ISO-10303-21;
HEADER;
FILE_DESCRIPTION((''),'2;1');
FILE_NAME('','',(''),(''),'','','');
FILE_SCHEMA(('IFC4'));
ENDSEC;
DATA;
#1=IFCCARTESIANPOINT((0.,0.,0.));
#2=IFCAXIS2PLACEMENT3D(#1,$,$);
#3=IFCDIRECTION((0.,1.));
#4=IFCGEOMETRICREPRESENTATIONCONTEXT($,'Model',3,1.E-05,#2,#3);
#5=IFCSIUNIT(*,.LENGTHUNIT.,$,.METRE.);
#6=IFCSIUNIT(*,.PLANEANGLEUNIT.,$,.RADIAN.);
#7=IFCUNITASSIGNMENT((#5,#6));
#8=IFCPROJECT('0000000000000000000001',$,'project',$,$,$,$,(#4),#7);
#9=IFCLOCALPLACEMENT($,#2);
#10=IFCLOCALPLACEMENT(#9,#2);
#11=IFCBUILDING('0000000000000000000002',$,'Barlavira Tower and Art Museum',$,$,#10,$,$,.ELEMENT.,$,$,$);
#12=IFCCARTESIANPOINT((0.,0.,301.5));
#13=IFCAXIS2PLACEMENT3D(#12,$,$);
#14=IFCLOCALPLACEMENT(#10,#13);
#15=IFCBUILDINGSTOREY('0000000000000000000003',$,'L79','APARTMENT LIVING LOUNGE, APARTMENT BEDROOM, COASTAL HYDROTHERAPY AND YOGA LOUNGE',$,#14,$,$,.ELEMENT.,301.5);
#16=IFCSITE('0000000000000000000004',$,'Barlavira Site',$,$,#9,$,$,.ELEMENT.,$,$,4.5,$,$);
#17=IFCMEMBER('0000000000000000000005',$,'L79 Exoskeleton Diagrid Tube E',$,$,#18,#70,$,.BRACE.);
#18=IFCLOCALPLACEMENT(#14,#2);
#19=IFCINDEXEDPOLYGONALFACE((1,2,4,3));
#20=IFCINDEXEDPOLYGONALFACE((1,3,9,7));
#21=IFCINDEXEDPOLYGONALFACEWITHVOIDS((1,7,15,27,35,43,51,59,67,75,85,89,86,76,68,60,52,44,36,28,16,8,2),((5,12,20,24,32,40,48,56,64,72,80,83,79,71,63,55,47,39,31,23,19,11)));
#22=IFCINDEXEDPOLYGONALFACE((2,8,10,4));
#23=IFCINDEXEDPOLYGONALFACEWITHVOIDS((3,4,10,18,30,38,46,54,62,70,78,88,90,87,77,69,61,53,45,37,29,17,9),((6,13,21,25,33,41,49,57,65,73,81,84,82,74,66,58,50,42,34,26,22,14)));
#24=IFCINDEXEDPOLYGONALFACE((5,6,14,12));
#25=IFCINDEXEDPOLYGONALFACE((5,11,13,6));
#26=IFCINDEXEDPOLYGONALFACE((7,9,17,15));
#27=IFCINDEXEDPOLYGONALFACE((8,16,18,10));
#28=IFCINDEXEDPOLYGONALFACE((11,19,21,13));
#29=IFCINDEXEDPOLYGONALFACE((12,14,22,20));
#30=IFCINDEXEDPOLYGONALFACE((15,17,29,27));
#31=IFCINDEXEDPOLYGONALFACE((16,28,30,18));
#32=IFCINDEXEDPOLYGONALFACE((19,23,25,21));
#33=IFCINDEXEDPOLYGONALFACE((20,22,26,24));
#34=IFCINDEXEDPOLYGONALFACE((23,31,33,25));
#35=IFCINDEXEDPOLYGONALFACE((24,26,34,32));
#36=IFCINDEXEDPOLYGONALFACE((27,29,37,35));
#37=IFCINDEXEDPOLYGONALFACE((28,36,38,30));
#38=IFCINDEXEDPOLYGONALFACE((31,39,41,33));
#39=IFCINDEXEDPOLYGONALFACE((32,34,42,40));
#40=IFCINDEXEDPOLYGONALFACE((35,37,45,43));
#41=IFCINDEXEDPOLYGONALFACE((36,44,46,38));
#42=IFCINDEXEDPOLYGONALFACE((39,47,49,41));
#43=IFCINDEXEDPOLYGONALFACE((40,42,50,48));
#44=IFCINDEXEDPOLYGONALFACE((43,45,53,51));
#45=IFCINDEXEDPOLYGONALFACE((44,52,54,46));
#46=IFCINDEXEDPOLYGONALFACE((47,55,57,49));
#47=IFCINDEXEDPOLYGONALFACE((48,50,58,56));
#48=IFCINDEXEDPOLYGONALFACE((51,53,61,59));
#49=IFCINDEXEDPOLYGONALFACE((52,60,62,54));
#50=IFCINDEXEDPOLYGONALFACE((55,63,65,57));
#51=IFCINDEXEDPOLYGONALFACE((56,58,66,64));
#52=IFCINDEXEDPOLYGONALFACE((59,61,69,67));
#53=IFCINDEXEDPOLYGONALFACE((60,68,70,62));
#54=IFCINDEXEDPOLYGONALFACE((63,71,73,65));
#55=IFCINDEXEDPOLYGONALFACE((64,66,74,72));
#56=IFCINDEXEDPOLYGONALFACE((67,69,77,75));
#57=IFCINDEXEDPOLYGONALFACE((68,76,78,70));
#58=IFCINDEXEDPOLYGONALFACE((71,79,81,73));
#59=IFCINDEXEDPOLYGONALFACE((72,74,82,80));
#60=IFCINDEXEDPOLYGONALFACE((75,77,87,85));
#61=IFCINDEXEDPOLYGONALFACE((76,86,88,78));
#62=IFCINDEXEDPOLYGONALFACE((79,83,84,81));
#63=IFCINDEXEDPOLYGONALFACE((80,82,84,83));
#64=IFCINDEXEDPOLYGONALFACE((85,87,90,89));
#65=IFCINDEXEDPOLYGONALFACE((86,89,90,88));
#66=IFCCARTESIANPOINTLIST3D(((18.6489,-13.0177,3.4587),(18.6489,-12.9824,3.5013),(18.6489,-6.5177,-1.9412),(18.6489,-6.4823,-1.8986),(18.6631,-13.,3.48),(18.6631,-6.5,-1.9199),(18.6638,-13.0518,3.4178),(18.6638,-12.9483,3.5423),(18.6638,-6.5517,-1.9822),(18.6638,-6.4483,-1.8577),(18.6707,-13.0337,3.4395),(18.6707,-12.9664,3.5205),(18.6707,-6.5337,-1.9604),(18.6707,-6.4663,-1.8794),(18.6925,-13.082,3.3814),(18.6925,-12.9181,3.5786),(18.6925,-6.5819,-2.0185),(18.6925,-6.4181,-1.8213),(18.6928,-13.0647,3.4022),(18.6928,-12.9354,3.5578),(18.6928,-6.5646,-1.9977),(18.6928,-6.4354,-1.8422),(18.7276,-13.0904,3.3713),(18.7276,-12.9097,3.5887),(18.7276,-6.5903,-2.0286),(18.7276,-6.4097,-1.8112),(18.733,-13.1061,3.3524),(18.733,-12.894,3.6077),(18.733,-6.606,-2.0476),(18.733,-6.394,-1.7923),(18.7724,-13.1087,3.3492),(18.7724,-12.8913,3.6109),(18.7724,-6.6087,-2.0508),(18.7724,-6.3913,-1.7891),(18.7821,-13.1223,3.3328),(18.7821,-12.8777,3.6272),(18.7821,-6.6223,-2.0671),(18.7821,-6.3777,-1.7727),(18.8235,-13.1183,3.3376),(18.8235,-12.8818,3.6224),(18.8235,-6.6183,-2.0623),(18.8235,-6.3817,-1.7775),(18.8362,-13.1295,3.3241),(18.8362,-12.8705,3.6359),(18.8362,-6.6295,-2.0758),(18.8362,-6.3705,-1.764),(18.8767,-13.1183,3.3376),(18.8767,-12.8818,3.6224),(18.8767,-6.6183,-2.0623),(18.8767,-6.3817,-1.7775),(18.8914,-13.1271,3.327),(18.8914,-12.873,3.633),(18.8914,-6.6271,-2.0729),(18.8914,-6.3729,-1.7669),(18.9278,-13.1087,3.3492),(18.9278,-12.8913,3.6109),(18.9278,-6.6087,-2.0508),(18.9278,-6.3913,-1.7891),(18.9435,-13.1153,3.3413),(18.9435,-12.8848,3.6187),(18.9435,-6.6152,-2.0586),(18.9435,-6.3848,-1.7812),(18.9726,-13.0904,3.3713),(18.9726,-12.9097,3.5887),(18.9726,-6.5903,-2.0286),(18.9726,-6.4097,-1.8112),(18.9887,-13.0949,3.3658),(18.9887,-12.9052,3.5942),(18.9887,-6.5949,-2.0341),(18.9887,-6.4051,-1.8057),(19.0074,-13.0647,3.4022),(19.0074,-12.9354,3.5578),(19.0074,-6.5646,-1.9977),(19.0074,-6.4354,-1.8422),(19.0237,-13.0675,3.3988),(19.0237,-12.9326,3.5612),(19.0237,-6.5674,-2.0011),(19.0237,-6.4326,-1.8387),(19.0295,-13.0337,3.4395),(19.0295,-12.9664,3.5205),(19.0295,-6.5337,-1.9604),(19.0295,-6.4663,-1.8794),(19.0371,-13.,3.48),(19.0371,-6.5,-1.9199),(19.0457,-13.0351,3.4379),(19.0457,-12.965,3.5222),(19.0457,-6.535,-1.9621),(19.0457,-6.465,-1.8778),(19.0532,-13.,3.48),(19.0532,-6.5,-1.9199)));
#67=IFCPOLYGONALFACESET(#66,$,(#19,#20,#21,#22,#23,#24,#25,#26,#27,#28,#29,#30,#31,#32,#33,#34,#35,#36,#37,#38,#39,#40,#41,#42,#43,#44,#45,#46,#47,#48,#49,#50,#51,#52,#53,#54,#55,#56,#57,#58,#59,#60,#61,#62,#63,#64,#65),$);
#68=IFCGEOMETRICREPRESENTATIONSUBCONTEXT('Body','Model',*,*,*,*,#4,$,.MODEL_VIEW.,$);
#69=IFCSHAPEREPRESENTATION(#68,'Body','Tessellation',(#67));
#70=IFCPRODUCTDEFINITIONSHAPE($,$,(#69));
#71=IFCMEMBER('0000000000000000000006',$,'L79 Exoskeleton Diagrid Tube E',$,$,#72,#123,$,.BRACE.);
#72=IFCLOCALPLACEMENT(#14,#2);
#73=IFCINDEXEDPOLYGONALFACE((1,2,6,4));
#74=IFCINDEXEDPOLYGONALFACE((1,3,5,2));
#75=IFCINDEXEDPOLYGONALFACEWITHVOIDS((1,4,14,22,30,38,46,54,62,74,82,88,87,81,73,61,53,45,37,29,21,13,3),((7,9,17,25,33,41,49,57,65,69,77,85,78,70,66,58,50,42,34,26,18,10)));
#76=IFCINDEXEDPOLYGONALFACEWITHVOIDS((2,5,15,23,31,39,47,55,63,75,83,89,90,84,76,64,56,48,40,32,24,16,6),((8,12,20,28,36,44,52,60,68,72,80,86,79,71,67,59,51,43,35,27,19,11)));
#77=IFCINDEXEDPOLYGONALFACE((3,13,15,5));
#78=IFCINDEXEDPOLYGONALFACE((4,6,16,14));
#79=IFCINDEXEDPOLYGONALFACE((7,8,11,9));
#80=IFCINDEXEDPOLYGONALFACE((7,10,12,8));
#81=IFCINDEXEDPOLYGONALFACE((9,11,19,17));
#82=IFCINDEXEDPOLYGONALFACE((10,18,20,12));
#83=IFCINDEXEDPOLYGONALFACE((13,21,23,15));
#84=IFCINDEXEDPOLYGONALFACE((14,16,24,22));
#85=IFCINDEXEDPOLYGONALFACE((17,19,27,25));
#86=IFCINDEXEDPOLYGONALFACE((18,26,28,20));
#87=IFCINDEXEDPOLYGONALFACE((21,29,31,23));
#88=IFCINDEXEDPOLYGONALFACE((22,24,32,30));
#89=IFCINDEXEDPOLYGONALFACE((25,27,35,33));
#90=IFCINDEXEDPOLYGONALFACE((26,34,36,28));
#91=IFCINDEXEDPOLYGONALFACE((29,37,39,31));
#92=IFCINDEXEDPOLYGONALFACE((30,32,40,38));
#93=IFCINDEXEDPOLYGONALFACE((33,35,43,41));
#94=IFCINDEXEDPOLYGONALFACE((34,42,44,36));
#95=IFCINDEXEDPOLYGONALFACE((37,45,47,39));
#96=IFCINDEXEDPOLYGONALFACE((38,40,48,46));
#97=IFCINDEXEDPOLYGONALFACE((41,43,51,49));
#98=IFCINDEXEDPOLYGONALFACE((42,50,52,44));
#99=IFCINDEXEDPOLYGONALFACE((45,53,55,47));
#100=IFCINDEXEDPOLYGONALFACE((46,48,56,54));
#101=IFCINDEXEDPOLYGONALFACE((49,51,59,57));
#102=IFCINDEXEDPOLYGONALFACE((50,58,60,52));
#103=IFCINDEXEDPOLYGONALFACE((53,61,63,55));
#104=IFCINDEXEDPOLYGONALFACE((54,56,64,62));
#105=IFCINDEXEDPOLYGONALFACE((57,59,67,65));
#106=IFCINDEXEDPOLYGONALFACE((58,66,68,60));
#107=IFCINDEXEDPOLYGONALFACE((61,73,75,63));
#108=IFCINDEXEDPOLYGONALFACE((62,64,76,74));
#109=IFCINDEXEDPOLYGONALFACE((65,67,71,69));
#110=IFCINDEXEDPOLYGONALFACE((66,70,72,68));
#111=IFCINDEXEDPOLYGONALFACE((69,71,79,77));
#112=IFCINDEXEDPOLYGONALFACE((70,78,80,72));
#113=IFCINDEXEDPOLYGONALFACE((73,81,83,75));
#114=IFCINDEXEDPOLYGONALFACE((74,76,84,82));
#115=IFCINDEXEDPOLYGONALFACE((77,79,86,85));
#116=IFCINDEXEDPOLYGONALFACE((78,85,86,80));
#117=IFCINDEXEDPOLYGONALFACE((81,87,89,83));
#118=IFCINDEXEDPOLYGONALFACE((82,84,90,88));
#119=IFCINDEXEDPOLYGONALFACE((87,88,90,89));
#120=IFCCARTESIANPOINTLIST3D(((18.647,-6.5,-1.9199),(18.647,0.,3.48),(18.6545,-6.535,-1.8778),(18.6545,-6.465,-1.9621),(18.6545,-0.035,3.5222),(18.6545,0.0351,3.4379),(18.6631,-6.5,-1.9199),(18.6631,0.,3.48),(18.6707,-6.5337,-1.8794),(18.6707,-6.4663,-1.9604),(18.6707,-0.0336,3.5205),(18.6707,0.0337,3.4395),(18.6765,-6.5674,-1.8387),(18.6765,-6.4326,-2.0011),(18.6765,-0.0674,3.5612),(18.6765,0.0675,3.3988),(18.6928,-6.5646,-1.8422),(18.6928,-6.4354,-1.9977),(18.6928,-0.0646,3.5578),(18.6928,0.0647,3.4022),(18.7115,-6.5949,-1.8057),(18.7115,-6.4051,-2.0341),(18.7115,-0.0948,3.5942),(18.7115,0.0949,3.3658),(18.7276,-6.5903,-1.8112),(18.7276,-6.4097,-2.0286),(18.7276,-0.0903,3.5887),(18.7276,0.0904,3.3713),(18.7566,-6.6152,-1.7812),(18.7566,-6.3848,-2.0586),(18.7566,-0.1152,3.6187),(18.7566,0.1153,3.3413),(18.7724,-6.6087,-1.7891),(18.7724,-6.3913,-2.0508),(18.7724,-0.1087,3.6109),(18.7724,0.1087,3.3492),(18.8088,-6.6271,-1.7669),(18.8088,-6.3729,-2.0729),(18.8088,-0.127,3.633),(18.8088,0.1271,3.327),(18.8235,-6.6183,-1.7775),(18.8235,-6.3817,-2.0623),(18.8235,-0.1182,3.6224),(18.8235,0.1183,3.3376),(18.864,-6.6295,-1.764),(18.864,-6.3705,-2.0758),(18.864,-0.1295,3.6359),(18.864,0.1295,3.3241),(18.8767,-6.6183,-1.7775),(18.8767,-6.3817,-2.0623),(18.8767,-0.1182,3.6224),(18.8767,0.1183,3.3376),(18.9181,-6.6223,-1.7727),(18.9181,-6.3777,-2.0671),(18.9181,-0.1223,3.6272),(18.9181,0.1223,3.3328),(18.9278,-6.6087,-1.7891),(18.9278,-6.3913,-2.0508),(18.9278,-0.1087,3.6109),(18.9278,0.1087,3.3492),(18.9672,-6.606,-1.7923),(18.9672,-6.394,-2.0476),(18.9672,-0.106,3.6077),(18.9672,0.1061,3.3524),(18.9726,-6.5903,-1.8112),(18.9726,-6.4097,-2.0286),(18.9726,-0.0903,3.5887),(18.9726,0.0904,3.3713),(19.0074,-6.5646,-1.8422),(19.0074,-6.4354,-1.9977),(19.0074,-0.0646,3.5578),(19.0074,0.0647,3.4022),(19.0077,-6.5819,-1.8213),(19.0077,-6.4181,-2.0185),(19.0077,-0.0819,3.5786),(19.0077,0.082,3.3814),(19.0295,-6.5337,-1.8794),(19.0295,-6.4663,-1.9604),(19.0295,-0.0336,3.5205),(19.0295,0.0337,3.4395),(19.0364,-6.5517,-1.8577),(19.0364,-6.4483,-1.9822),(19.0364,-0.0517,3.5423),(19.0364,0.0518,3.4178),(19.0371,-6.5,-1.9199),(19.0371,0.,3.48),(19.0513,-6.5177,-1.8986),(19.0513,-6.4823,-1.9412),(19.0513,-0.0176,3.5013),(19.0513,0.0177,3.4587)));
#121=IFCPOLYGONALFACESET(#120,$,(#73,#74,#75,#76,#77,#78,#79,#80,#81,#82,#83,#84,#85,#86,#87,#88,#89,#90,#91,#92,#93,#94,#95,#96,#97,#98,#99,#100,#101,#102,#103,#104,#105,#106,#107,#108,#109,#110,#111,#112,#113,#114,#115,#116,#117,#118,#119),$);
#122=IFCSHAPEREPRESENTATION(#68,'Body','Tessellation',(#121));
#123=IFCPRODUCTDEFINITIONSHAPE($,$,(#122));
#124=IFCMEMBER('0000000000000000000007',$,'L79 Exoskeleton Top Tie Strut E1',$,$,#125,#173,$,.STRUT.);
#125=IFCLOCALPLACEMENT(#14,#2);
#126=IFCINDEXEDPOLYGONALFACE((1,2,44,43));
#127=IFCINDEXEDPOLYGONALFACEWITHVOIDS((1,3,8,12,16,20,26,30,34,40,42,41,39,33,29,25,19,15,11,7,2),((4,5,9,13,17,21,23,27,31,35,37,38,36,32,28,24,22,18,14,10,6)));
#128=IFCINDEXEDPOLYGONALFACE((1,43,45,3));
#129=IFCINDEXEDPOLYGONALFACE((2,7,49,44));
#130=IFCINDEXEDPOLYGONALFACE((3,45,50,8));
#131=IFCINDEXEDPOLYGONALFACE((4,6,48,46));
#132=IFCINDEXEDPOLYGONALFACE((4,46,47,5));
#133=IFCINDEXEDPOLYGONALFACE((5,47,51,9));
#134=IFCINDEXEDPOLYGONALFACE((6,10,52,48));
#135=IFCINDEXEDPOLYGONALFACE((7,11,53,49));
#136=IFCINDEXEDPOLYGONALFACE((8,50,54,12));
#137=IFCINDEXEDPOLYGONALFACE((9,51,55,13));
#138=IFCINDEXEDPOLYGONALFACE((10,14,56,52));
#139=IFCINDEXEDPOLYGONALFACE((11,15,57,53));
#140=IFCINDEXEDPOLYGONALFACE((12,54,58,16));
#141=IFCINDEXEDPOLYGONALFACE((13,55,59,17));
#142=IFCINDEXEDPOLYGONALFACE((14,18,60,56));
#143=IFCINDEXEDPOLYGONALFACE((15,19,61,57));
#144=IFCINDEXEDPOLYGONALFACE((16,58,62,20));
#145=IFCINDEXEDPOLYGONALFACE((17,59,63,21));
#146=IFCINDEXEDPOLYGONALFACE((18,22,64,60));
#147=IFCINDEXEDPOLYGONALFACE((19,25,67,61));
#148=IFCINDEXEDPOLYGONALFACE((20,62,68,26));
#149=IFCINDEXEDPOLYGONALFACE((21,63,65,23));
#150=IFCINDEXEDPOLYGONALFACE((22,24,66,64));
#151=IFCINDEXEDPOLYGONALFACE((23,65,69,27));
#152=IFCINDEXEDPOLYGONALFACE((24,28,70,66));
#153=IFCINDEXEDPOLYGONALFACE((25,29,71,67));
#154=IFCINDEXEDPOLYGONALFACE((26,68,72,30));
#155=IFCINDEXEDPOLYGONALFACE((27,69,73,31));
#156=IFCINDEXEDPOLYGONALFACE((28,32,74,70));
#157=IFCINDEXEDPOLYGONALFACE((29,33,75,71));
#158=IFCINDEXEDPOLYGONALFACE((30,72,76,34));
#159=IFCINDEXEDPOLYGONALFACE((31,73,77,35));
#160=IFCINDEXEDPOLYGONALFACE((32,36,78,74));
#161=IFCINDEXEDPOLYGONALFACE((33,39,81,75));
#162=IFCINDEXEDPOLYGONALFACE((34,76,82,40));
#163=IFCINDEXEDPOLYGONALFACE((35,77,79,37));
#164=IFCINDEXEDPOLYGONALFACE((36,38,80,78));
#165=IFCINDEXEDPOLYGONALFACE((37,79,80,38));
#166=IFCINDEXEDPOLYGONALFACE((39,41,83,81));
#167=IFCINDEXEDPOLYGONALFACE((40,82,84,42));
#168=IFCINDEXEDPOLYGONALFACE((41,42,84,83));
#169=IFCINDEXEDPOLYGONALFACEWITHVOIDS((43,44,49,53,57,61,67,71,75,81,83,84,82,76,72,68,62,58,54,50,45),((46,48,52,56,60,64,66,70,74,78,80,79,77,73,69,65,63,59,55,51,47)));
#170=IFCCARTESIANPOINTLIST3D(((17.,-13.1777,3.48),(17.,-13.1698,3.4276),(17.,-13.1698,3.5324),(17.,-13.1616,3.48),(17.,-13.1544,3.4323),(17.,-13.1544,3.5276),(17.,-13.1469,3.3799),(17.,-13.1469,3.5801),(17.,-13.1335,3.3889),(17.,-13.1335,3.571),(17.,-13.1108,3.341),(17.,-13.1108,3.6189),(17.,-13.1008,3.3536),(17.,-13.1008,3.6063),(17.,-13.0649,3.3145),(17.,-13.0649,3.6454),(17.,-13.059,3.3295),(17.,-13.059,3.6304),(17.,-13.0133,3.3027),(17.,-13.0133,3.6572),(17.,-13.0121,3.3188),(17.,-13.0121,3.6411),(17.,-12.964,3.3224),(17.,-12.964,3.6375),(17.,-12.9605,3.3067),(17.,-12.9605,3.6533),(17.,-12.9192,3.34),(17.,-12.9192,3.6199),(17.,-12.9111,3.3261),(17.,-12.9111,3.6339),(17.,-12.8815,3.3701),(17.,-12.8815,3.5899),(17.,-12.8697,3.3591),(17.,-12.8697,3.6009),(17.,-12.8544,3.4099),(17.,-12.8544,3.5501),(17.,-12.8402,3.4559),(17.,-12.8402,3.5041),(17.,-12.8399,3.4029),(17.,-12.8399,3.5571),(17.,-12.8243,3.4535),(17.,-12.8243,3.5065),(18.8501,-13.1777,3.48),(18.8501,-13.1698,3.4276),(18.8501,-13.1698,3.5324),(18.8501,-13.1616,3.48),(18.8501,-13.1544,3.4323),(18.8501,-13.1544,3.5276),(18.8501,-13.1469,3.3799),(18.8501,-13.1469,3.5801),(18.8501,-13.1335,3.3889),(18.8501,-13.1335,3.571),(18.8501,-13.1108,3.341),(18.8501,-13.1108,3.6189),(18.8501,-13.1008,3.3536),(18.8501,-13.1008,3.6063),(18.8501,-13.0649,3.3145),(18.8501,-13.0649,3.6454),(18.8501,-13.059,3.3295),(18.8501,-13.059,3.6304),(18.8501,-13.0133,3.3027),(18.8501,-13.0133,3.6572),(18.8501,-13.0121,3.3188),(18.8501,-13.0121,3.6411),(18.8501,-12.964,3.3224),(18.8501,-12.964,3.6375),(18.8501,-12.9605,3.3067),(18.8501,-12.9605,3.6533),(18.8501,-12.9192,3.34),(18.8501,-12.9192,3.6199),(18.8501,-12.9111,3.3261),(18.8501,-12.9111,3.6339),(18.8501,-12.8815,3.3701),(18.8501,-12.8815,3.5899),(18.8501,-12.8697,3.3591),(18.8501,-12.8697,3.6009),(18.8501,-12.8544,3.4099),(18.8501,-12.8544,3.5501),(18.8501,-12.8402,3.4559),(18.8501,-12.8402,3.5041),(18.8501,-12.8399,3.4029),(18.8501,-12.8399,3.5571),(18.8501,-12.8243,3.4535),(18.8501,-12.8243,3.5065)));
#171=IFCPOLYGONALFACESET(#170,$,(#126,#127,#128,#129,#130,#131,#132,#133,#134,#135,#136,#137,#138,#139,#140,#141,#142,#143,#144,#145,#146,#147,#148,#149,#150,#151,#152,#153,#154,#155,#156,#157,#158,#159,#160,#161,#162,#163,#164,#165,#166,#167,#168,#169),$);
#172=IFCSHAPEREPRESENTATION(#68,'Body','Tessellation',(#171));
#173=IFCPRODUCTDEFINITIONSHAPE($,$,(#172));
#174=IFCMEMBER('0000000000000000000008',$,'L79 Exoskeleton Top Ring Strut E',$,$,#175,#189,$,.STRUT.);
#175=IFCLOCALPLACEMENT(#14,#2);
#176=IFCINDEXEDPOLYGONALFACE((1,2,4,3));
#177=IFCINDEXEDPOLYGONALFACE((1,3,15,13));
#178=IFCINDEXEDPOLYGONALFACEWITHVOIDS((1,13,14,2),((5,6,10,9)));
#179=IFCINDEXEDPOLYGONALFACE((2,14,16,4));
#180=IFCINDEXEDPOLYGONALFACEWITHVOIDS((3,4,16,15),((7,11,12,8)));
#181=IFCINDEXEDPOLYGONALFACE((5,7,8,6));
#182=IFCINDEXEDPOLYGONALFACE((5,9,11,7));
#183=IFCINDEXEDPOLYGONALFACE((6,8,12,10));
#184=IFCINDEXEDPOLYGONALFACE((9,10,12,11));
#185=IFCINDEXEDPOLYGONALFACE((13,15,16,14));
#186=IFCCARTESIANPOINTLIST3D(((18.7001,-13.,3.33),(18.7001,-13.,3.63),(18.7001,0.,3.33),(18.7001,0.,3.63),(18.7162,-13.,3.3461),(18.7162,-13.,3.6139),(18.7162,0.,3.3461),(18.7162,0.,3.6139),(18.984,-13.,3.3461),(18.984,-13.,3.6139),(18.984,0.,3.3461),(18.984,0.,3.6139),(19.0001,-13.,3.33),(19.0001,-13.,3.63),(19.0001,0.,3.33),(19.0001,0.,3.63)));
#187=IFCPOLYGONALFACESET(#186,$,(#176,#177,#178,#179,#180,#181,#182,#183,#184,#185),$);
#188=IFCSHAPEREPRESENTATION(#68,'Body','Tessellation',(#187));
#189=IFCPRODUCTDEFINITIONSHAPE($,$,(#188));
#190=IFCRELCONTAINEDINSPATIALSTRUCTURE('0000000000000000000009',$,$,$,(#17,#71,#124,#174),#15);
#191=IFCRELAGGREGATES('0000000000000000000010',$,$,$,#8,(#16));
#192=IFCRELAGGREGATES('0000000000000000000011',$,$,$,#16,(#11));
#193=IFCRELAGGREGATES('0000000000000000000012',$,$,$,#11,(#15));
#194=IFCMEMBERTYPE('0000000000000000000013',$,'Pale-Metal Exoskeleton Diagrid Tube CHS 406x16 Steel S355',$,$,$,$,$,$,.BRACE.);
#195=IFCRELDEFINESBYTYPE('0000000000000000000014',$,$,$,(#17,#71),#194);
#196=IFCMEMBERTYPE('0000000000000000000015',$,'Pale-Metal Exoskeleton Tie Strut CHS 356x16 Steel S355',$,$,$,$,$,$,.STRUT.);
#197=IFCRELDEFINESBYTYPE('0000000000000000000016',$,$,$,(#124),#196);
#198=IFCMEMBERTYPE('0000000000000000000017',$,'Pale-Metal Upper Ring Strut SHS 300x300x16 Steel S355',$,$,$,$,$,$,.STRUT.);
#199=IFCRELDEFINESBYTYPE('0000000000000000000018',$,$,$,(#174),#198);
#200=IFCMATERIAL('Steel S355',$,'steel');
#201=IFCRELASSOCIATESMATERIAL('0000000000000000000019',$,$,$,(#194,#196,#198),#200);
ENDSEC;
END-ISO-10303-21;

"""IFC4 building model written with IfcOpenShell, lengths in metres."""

from ifc_helpers import new_model, si_unit, direction, frame, origin, origin_2d, place, context, subcontext, project, spatial, hollow_rectangle, hollow_circle, extrude, material, material_profile, profile_set, type_object, element, save


model = new_model("IFC4")

# Units and contexts
model_context = context("Model", 3, precision=1e-05, world=origin(), true_north=direction((0.0, 1.0)))
body_context = subcontext(model_context, "Body", "Model", "MODEL_VIEW")
ifc_project = project(units=[si_unit("LENGTHUNIT", "METRE"), si_unit("PLANEANGLEUNIT", "RADIAN")], contexts=[model_context])

# Site, building, storey
site_placement = place(None, origin())
site = spatial("IfcSite", under=ifc_project, at=site_placement, Name="Barlavira Site", CompositionType="ELEMENT", RefElevation=4.5)
building_placement = place(site_placement, origin())
building = spatial("IfcBuilding", under=site, at=building_placement, Name="Barlavira Tower and Art Museum", CompositionType="ELEMENT")
storey_placement = place(building_placement, frame((0.0, 0.0, 301.5)))
storey = spatial("IfcBuildingStorey", under=building, at=storey_placement, Name="L79", Description="APARTMENT LIVING LOUNGE, APARTMENT BEDROOM, COASTAL HYDROTHERAPY AND YOGA LOUNGE", CompositionType="ELEMENT", Elevation=301.5)

# Members
ifc_material_1 = material(Name="Steel S355", Category="steel")
ifc_material_profile_1 = material_profile(ifc_material_1, hollow_circle(Radius=0.2031, WallThickness=0.0161, at=origin_2d()), Name="CHS 406.4x16.0")
ifc_profile_set_1 = profile_set([ifc_material_profile_1], Name="Steel S355")
member_type_1 = type_object("IfcMemberType", Name="Pale-Metal Exoskeleton Diagrid Tube CHS 406x16 Steel S355", PredefinedType="BRACE", material=ifc_profile_set_1)
for number, where, z_axis, x_axis, name in (
    (1, (18.8501, -6.5, -1.9199), (0.0, -0.769196, 0.639013), (1.0, 0.0, 0.0), "L79 Exoskeleton Diagrid Tube E"),
    (2, (18.8501, -6.5, -1.9199), (0.0, 0.769196, 0.639013), (-1.0, 0.0, 0.0), "L79 Exoskeleton Diagrid Tube E"),
):
    element("IfcMember", number, at=place(storey_placement, frame(where, z_axis=z_axis, x_axis=x_axis)), inside=storey, type_object=member_type_1, Name=name, PredefinedType="BRACE", context=body_context, shape_type="SweptSolid", body=[
        extrude(hollow_circle(Radius=0.2031, WallThickness=0.0161, at=origin_2d()), origin(), (0.0, 0.0, 1.0), 8.4504),
    ])
ifc_material_profile_2 = material_profile(ifc_material_1, hollow_circle(Radius=0.1777, WallThickness=0.0161, at=origin_2d()), Name="CHS 355.6x16.0")
ifc_profile_set_2 = profile_set([ifc_material_profile_2], Name="Steel S355")
member_type_2 = type_object("IfcMemberType", Name="Pale-Metal Exoskeleton Tie Strut CHS 356x16 Steel S355", PredefinedType="STRUT", material=ifc_profile_set_2)
member_1_placement = place(storey_placement, frame((18.8501, -13.0, 3.48), z_axis=(-1.0, 0.0, 0.0), x_axis=(0.0, -1.0, 0.0)))
element("IfcMember", 3, at=member_1_placement, inside=storey, type_object=member_type_2, Name="L79 Exoskeleton Top Tie Strut E1", PredefinedType="STRUT", context=body_context, shape_type="SweptSolid", body=[
    extrude(hollow_circle(Radius=0.1777, WallThickness=0.0161, at=origin_2d()), origin(), (0.0, 0.0, 1.0), 1.8501),
])
ifc_material_profile_3 = material_profile(ifc_material_1, hollow_rectangle(XDim=0.3, YDim=0.3, WallThickness=0.0161, at=origin_2d()), Name="SHS 300x300x16.0")
ifc_profile_set_3 = profile_set([ifc_material_profile_3], Name="Steel S355")
member_type_3 = type_object("IfcMemberType", Name="Pale-Metal Upper Ring Strut SHS 300x300x16 Steel S355", PredefinedType="STRUT", material=ifc_profile_set_3)
member_2_placement = place(storey_placement, frame((18.8501, -13.0, 3.48), z_axis=(0.0, 1.0, 0.0), x_axis=(-1.0, 0.0, 0.0)))
element("IfcMember", 4, at=member_2_placement, inside=storey, type_object=member_type_3, Name="L79 Exoskeleton Top Ring Strut E", PredefinedType="STRUT", context=body_context, shape_type="SweptSolid", body=[
    extrude(hollow_rectangle(XDim=0.3, YDim=0.3, WallThickness=0.0161, at=origin_2d()), origin(), (0.0, 0.0, 1.0), 13.0),
])

save(model, "model.ifc")
